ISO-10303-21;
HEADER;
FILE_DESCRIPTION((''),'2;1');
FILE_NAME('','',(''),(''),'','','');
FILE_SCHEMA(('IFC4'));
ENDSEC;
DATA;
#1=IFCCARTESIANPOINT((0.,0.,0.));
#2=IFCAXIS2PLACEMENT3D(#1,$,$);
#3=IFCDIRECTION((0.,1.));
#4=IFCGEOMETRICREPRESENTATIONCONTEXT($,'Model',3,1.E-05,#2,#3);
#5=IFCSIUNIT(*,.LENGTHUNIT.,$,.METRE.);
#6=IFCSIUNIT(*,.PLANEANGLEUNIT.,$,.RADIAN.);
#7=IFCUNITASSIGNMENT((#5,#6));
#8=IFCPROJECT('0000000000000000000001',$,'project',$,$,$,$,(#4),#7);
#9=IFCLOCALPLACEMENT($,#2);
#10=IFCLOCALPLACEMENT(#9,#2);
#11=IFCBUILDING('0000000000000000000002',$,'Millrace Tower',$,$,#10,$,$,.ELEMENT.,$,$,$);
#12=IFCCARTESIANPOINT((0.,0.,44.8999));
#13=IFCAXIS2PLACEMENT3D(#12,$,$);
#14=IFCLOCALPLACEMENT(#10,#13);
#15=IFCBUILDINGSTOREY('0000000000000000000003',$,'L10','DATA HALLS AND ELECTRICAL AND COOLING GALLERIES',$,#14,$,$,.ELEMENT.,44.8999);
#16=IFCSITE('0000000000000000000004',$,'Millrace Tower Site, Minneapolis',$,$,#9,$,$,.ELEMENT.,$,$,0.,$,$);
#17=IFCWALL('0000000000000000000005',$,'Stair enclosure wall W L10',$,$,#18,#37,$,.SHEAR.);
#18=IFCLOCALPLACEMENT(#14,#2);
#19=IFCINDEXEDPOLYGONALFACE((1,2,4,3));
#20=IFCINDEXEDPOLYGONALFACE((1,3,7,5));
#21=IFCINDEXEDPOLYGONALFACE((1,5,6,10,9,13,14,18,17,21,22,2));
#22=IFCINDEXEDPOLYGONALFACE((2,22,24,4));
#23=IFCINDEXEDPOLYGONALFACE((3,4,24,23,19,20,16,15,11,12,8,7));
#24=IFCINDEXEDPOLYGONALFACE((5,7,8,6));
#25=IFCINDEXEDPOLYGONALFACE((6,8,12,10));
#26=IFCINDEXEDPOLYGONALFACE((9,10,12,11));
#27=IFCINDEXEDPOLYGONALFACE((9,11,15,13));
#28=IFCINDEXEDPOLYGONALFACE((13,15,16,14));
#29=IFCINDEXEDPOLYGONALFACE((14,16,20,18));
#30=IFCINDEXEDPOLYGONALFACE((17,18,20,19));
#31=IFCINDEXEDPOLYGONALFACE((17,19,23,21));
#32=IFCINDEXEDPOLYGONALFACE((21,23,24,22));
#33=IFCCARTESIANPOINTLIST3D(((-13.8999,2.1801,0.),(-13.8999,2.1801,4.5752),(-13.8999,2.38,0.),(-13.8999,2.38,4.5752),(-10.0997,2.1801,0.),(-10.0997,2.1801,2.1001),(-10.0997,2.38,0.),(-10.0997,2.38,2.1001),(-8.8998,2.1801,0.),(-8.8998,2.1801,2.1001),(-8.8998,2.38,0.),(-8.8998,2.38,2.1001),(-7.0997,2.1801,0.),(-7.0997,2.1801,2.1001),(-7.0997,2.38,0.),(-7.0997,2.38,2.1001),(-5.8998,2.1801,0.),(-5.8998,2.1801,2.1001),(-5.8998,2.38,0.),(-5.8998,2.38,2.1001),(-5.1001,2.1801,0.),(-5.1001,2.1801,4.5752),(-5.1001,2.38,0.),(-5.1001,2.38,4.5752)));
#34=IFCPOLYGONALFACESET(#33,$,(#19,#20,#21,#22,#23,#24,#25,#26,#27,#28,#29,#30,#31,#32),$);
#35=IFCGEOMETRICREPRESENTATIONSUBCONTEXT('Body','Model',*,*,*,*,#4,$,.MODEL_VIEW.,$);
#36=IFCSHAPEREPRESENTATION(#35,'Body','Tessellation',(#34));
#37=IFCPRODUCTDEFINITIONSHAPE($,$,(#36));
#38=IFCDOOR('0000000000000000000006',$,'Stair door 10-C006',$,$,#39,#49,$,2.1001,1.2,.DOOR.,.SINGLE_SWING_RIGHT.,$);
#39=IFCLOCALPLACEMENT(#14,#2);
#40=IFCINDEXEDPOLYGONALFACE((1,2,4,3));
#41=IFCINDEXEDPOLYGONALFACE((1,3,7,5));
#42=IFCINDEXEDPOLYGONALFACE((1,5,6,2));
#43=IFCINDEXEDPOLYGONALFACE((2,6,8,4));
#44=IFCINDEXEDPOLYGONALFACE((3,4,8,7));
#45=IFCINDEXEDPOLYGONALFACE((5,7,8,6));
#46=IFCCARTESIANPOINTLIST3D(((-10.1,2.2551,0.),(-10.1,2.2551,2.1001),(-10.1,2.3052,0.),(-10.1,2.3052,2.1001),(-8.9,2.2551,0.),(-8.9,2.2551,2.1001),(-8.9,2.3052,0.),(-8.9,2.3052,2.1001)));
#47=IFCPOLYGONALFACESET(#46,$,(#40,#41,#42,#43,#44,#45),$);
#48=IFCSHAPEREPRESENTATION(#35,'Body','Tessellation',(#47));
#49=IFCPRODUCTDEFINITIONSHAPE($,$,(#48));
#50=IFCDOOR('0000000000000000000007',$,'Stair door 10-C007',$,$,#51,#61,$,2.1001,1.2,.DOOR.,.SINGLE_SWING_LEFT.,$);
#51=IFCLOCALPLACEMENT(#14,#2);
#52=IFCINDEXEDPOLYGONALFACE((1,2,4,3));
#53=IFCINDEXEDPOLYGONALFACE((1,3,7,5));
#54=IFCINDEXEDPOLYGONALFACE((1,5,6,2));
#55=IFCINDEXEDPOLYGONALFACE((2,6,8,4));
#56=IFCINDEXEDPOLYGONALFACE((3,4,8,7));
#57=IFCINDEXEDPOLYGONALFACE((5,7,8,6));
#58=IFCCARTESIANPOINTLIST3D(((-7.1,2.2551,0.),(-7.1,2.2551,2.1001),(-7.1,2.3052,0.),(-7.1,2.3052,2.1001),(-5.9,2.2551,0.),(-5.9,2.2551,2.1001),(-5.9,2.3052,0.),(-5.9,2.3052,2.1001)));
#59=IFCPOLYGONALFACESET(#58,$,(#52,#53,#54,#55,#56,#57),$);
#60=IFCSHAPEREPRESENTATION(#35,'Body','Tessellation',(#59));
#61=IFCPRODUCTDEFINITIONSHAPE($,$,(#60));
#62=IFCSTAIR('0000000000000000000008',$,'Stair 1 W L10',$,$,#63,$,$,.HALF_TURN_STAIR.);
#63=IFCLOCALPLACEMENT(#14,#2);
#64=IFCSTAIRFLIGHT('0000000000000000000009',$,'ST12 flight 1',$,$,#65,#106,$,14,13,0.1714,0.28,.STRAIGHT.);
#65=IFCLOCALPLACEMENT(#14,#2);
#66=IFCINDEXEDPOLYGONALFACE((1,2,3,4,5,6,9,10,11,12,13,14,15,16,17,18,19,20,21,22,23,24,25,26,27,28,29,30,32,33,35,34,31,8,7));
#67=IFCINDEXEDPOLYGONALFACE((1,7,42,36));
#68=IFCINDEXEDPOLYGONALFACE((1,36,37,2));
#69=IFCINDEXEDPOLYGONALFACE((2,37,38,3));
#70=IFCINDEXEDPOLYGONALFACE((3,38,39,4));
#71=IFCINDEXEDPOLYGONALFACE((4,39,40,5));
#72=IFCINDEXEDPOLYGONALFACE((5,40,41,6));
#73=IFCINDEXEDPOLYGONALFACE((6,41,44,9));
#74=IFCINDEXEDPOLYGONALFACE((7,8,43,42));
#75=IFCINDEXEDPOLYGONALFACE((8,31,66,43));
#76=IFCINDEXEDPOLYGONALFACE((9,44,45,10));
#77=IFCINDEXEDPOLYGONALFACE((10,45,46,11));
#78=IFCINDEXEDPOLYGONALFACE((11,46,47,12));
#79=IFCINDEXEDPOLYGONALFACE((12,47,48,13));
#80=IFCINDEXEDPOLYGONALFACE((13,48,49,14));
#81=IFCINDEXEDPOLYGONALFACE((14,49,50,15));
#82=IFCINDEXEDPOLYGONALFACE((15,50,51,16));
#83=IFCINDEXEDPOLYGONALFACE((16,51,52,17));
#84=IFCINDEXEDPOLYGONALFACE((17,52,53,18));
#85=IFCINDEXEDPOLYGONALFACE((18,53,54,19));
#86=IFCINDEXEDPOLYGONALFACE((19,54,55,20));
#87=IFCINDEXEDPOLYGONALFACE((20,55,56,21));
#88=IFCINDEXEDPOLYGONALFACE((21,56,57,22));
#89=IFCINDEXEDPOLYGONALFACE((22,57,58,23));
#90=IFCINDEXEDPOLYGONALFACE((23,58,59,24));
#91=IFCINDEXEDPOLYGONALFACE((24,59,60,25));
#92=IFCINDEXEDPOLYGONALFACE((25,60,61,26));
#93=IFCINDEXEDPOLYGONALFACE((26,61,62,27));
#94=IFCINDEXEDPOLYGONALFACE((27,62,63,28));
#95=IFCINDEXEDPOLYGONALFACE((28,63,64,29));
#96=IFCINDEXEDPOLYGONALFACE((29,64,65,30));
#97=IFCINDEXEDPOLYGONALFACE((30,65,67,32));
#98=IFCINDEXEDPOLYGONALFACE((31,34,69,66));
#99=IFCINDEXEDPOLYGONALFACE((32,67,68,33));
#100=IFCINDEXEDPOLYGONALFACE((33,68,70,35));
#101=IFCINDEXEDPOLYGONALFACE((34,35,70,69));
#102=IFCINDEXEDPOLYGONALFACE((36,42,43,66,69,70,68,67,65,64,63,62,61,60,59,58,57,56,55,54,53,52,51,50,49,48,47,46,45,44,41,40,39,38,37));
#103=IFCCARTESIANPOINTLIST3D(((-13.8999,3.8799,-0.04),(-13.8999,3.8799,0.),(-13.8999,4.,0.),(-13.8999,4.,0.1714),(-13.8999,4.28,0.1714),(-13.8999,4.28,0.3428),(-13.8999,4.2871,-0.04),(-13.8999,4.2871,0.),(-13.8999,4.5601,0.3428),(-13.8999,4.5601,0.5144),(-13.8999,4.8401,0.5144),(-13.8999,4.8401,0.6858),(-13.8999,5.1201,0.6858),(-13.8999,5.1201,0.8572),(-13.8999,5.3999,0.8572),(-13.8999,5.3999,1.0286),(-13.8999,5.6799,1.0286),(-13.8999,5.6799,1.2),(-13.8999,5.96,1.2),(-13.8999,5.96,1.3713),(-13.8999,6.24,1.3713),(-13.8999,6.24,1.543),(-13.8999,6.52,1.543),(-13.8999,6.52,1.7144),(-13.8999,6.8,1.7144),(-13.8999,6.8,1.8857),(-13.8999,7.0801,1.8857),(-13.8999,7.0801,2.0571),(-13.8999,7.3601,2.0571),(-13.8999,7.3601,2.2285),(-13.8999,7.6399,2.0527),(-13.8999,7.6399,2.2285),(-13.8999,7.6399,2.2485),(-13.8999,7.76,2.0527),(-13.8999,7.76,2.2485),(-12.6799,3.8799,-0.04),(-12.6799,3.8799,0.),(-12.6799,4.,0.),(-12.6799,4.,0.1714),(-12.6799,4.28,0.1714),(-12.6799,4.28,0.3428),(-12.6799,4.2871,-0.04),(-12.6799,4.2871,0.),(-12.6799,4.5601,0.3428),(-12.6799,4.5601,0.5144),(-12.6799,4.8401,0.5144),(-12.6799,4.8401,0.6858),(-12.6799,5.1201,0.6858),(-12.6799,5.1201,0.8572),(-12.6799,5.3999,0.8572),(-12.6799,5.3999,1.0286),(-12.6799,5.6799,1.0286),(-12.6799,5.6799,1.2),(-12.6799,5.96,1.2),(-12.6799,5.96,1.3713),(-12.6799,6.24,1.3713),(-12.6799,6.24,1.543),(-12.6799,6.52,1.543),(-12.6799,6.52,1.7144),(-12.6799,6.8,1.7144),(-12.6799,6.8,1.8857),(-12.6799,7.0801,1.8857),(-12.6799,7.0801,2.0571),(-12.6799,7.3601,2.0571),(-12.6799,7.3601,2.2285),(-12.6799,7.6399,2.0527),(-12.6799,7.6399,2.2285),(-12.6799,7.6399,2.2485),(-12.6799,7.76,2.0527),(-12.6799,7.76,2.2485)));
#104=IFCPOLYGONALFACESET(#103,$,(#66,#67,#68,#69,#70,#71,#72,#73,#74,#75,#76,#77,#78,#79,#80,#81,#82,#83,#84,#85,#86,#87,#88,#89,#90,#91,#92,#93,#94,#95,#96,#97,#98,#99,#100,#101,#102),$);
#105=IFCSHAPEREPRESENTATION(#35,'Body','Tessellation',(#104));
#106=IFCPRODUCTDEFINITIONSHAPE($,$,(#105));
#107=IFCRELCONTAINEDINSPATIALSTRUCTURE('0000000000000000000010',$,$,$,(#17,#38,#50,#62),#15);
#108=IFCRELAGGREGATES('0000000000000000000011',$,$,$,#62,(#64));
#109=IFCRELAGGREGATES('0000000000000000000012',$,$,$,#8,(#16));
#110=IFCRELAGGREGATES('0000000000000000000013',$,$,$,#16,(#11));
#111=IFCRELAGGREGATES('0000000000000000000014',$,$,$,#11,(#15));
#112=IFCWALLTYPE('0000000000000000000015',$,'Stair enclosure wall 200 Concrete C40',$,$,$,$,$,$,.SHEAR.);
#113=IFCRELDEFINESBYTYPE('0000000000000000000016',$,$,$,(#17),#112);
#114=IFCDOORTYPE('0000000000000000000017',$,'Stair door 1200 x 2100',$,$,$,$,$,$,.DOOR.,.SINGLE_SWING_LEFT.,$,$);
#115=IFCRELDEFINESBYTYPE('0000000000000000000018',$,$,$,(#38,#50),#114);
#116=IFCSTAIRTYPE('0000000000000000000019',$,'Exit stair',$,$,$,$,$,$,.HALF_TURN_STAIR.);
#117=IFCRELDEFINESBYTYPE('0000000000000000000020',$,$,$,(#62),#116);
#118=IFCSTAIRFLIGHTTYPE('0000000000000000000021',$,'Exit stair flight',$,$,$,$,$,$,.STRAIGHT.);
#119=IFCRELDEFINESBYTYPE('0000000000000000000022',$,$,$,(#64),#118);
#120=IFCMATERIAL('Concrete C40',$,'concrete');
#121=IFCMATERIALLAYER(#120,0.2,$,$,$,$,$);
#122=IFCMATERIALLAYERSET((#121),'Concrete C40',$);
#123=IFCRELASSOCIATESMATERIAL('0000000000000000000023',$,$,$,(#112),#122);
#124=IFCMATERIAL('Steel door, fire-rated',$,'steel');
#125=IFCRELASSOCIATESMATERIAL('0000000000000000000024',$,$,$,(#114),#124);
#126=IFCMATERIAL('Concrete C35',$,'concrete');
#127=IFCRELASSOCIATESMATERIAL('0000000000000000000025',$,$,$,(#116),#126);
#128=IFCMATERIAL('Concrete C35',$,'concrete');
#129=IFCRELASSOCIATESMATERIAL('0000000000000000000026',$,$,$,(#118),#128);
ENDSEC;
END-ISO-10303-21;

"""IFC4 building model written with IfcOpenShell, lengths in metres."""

from ifc_helpers import new_model, si_unit, direction, frame, frame_2d, origin, place, context, subcontext, project, spatial, polyline, rectangle, outline, extrude, material, layer, layer_set, type_object, element, fill, aggregate, save


model = new_model("IFC4")

# Units and contexts
model_context = context("Model", 3, precision=1e-05, world=origin(), true_north=direction((0.0, 1.0)))
body_context = subcontext(model_context, "Body", "Model", "MODEL_VIEW")
ifc_project = project(units=[si_unit("LENGTHUNIT", "METRE"), si_unit("PLANEANGLEUNIT", "RADIAN")], contexts=[model_context])

# Site, building, storey
site_placement = place(None, origin())
site = spatial("IfcSite", under=ifc_project, at=site_placement, Name="Millrace Tower Site, Minneapolis", CompositionType="ELEMENT", RefElevation=0.0)
building_placement = place(site_placement, origin())
building = spatial("IfcBuilding", under=site, at=building_placement, Name="Millrace Tower", CompositionType="ELEMENT")
storey_placement = place(building_placement, frame((0.0, 0.0, 44.8999)))
storey = spatial("IfcBuildingStorey", under=building, at=storey_placement, Name="L10", Description="DATA HALLS AND ELECTRICAL AND COOLING GALLERIES", CompositionType="ELEMENT", Elevation=44.8999)

# Shared definitions
placement = place(storey_placement, origin())

# Shared definitions
ifc_material_1 = material(Name="Concrete C40", Category="concrete")
ifc_layer_1 = layer(ifc_material_1, 0.2)
ifc_layer_set_1 = layer_set([ifc_layer_1], Name="Concrete C40")
wall_type_1 = type_object("IfcWallType", Name="Stair enclosure wall 200 Concrete C40", PredefinedType="SHEAR", material=ifc_layer_set_1)

# Wall, openings, doors
wall_1_placement = place(storey_placement, frame((-13.8999, 2.28, 0.0), z_axis=(0.0, 0.0, 1.0), x_axis=(1.0, 0.0, 0.0)))
wall_1 = element("IfcWall", 1, at=wall_1_placement, inside=storey, type_object=wall_type_1, Name="Stair enclosure wall W L10", PredefinedType="SHEAR", context=body_context, shape_type="SweptSolid", body=[
    extrude(rectangle(XDim=8.7998, YDim=0.2, at=frame_2d((4.3999, 0.0))), origin(), (0.0, 0.0, 1.0), 4.5752),
])
opening_1_placement = place(wall_1_placement, frame((3.8, 0.0, 0.0)))
opening_1 = element("IfcOpeningElement", 2, at=opening_1_placement, cuts=wall_1, PredefinedType="OPENING", context=body_context, shape_type="SweptSolid", body=[
    extrude(rectangle(XDim=1.2, YDim=2.1001, at=frame_2d((0.6001, 1.05))), frame((0.0, 0.1099, 0.0), z_axis=(0.0, -1.0, 0.0), x_axis=(1.0, 0.0, 0.0)), (0.0, 0.0, 1.0), 0.22),
])
opening_2_placement = place(wall_1_placement, frame((6.8, 0.0, 0.0)))
opening_2 = element("IfcOpeningElement", 3, at=opening_2_placement, cuts=wall_1, PredefinedType="OPENING", context=body_context, shape_type="SweptSolid", body=[
    extrude(rectangle(XDim=1.2, YDim=2.1001, at=frame_2d((0.6001, 1.05))), frame((0.0, 0.1099, 0.0), z_axis=(0.0, -1.0, 0.0), x_axis=(1.0, 0.0, 0.0)), (0.0, 0.0, 1.0), 0.22),
])
ifc_material_2 = material(Name="Steel door, fire-rated", Category="steel")
door_type_1 = type_object("IfcDoorType", Name="Stair door 1200 x 2100", OperationType="SINGLE_SWING_LEFT", PredefinedType="DOOR", material=ifc_material_2)
door_1_placement = place(opening_1_placement, frame((1.2, 0.0, 0.0), z_axis=(0.0, 0.0, 1.0), x_axis=(-1.0, 0.0, 0.0)))
door_1 = element("IfcDoor", 4, at=door_1_placement, inside=storey, type_object=door_type_1, Name="Stair door 10-C006", OperationType="SINGLE_SWING_RIGHT", OverallHeight=2.1001, OverallWidth=1.2, PredefinedType="DOOR", context=body_context, shape_type="SweptSolid", body=[
    extrude(rectangle(XDim=1.2, YDim=2.1001, at=frame_2d((0.6001, 1.05))), frame((0.0, 0.0249, 0.0), z_axis=(0.0, -1.0, 0.0), x_axis=(1.0, 0.0, 0.0)), (0.0, 0.0, 1.0), 0.05),
])
fill(opening_1, door_1)
door_2_placement = place(opening_2_placement, frame((1.2, 0.0, 0.0), z_axis=(0.0, 0.0, 1.0), x_axis=(-1.0, 0.0, 0.0)))
door_2 = element("IfcDoor", 5, at=door_2_placement, inside=storey, type_object=door_type_1, Name="Stair door 10-C007", OperationType="SINGLE_SWING_LEFT", OverallHeight=2.1001, OverallWidth=1.2, PredefinedType="DOOR", context=body_context, shape_type="SweptSolid", body=[
    extrude(rectangle(XDim=1.2, YDim=2.1001, at=frame_2d((0.6001, 1.05))), frame((0.0, 0.0249, 0.0), z_axis=(0.0, -1.0, 0.0), x_axis=(1.0, 0.0, 0.0)), (0.0, 0.0, 1.0), 0.05),
])
fill(opening_2, door_2)

# Stair, stair flight
ifc_material_3 = material(Name="Concrete C35", Category="concrete")
stair_type = type_object("IfcStairType", Name="Exit stair", PredefinedType="HALF_TURN_STAIR", material=ifc_material_3)
stair = element("IfcStair", 6, at=placement, inside=storey, type_object=stair_type, Name="Stair 1 W L10", PredefinedType="HALF_TURN_STAIR")
ifc_material_4 = material(Name="Concrete C35", Category="concrete")
stair_flight_type = type_object("IfcStairFlightType", Name="Exit stair flight", PredefinedType="STRAIGHT", material=ifc_material_4)
stair_flight_placement = place(storey_placement, frame((-13.29, 4.0, 0.0), z_axis=(0.0, 0.0, 1.0), x_axis=(0.0, 1.0, 0.0)))
stair_flight = element("IfcStairFlight", 7, at=stair_flight_placement, type_object=stair_flight_type, Name="ST12 flight 1", NumberOfRisers=14, NumberOfTreads=13, PredefinedType="STRAIGHT", RiserHeight=0.1714, TreadLength=0.28, context=body_context, shape_type="SweptSolid", body=[
    extrude(outline(polyline([(-0.1201, -0.04), (-0.1201, 0.0), (0.0, 0.0), (0.0, 0.1714), (0.28, 0.1714), (0.28, 0.3428), (0.5601, 0.3428), (0.5601, 0.5144), (0.8401, 0.5144), (0.8401, 0.6858), (1.1201, 0.6858), (1.1201, 0.8572), (1.3999, 0.8572), (1.3999, 1.0286), (1.6799, 1.0286), (1.6799, 1.2), (1.96, 1.2), (1.96, 1.3713), (2.24, 1.3713), (2.24, 1.543), (2.52, 1.543), (2.52, 1.7144), (2.8, 1.7144), (2.8, 1.8857), (3.0801, 1.8857), (3.0801, 2.0571), (3.3601, 2.0571), (3.3601, 2.2285), (3.6399, 2.2285), (3.6399, 2.2485), (3.76, 2.2485), (3.76, 2.0527), (3.6399, 2.0527), (0.2871, 0.0), (0.2871, -0.04), (-0.1201, -0.04)])), frame((0.0, 0.6099, 0.0), z_axis=(0.0, -1.0, 0.0), x_axis=(1.0, 0.0, 0.0)), (0.0, 0.0, 1.0), 1.22),
])
aggregate(stair, [stair_flight])

save(model, "model.ifc")
